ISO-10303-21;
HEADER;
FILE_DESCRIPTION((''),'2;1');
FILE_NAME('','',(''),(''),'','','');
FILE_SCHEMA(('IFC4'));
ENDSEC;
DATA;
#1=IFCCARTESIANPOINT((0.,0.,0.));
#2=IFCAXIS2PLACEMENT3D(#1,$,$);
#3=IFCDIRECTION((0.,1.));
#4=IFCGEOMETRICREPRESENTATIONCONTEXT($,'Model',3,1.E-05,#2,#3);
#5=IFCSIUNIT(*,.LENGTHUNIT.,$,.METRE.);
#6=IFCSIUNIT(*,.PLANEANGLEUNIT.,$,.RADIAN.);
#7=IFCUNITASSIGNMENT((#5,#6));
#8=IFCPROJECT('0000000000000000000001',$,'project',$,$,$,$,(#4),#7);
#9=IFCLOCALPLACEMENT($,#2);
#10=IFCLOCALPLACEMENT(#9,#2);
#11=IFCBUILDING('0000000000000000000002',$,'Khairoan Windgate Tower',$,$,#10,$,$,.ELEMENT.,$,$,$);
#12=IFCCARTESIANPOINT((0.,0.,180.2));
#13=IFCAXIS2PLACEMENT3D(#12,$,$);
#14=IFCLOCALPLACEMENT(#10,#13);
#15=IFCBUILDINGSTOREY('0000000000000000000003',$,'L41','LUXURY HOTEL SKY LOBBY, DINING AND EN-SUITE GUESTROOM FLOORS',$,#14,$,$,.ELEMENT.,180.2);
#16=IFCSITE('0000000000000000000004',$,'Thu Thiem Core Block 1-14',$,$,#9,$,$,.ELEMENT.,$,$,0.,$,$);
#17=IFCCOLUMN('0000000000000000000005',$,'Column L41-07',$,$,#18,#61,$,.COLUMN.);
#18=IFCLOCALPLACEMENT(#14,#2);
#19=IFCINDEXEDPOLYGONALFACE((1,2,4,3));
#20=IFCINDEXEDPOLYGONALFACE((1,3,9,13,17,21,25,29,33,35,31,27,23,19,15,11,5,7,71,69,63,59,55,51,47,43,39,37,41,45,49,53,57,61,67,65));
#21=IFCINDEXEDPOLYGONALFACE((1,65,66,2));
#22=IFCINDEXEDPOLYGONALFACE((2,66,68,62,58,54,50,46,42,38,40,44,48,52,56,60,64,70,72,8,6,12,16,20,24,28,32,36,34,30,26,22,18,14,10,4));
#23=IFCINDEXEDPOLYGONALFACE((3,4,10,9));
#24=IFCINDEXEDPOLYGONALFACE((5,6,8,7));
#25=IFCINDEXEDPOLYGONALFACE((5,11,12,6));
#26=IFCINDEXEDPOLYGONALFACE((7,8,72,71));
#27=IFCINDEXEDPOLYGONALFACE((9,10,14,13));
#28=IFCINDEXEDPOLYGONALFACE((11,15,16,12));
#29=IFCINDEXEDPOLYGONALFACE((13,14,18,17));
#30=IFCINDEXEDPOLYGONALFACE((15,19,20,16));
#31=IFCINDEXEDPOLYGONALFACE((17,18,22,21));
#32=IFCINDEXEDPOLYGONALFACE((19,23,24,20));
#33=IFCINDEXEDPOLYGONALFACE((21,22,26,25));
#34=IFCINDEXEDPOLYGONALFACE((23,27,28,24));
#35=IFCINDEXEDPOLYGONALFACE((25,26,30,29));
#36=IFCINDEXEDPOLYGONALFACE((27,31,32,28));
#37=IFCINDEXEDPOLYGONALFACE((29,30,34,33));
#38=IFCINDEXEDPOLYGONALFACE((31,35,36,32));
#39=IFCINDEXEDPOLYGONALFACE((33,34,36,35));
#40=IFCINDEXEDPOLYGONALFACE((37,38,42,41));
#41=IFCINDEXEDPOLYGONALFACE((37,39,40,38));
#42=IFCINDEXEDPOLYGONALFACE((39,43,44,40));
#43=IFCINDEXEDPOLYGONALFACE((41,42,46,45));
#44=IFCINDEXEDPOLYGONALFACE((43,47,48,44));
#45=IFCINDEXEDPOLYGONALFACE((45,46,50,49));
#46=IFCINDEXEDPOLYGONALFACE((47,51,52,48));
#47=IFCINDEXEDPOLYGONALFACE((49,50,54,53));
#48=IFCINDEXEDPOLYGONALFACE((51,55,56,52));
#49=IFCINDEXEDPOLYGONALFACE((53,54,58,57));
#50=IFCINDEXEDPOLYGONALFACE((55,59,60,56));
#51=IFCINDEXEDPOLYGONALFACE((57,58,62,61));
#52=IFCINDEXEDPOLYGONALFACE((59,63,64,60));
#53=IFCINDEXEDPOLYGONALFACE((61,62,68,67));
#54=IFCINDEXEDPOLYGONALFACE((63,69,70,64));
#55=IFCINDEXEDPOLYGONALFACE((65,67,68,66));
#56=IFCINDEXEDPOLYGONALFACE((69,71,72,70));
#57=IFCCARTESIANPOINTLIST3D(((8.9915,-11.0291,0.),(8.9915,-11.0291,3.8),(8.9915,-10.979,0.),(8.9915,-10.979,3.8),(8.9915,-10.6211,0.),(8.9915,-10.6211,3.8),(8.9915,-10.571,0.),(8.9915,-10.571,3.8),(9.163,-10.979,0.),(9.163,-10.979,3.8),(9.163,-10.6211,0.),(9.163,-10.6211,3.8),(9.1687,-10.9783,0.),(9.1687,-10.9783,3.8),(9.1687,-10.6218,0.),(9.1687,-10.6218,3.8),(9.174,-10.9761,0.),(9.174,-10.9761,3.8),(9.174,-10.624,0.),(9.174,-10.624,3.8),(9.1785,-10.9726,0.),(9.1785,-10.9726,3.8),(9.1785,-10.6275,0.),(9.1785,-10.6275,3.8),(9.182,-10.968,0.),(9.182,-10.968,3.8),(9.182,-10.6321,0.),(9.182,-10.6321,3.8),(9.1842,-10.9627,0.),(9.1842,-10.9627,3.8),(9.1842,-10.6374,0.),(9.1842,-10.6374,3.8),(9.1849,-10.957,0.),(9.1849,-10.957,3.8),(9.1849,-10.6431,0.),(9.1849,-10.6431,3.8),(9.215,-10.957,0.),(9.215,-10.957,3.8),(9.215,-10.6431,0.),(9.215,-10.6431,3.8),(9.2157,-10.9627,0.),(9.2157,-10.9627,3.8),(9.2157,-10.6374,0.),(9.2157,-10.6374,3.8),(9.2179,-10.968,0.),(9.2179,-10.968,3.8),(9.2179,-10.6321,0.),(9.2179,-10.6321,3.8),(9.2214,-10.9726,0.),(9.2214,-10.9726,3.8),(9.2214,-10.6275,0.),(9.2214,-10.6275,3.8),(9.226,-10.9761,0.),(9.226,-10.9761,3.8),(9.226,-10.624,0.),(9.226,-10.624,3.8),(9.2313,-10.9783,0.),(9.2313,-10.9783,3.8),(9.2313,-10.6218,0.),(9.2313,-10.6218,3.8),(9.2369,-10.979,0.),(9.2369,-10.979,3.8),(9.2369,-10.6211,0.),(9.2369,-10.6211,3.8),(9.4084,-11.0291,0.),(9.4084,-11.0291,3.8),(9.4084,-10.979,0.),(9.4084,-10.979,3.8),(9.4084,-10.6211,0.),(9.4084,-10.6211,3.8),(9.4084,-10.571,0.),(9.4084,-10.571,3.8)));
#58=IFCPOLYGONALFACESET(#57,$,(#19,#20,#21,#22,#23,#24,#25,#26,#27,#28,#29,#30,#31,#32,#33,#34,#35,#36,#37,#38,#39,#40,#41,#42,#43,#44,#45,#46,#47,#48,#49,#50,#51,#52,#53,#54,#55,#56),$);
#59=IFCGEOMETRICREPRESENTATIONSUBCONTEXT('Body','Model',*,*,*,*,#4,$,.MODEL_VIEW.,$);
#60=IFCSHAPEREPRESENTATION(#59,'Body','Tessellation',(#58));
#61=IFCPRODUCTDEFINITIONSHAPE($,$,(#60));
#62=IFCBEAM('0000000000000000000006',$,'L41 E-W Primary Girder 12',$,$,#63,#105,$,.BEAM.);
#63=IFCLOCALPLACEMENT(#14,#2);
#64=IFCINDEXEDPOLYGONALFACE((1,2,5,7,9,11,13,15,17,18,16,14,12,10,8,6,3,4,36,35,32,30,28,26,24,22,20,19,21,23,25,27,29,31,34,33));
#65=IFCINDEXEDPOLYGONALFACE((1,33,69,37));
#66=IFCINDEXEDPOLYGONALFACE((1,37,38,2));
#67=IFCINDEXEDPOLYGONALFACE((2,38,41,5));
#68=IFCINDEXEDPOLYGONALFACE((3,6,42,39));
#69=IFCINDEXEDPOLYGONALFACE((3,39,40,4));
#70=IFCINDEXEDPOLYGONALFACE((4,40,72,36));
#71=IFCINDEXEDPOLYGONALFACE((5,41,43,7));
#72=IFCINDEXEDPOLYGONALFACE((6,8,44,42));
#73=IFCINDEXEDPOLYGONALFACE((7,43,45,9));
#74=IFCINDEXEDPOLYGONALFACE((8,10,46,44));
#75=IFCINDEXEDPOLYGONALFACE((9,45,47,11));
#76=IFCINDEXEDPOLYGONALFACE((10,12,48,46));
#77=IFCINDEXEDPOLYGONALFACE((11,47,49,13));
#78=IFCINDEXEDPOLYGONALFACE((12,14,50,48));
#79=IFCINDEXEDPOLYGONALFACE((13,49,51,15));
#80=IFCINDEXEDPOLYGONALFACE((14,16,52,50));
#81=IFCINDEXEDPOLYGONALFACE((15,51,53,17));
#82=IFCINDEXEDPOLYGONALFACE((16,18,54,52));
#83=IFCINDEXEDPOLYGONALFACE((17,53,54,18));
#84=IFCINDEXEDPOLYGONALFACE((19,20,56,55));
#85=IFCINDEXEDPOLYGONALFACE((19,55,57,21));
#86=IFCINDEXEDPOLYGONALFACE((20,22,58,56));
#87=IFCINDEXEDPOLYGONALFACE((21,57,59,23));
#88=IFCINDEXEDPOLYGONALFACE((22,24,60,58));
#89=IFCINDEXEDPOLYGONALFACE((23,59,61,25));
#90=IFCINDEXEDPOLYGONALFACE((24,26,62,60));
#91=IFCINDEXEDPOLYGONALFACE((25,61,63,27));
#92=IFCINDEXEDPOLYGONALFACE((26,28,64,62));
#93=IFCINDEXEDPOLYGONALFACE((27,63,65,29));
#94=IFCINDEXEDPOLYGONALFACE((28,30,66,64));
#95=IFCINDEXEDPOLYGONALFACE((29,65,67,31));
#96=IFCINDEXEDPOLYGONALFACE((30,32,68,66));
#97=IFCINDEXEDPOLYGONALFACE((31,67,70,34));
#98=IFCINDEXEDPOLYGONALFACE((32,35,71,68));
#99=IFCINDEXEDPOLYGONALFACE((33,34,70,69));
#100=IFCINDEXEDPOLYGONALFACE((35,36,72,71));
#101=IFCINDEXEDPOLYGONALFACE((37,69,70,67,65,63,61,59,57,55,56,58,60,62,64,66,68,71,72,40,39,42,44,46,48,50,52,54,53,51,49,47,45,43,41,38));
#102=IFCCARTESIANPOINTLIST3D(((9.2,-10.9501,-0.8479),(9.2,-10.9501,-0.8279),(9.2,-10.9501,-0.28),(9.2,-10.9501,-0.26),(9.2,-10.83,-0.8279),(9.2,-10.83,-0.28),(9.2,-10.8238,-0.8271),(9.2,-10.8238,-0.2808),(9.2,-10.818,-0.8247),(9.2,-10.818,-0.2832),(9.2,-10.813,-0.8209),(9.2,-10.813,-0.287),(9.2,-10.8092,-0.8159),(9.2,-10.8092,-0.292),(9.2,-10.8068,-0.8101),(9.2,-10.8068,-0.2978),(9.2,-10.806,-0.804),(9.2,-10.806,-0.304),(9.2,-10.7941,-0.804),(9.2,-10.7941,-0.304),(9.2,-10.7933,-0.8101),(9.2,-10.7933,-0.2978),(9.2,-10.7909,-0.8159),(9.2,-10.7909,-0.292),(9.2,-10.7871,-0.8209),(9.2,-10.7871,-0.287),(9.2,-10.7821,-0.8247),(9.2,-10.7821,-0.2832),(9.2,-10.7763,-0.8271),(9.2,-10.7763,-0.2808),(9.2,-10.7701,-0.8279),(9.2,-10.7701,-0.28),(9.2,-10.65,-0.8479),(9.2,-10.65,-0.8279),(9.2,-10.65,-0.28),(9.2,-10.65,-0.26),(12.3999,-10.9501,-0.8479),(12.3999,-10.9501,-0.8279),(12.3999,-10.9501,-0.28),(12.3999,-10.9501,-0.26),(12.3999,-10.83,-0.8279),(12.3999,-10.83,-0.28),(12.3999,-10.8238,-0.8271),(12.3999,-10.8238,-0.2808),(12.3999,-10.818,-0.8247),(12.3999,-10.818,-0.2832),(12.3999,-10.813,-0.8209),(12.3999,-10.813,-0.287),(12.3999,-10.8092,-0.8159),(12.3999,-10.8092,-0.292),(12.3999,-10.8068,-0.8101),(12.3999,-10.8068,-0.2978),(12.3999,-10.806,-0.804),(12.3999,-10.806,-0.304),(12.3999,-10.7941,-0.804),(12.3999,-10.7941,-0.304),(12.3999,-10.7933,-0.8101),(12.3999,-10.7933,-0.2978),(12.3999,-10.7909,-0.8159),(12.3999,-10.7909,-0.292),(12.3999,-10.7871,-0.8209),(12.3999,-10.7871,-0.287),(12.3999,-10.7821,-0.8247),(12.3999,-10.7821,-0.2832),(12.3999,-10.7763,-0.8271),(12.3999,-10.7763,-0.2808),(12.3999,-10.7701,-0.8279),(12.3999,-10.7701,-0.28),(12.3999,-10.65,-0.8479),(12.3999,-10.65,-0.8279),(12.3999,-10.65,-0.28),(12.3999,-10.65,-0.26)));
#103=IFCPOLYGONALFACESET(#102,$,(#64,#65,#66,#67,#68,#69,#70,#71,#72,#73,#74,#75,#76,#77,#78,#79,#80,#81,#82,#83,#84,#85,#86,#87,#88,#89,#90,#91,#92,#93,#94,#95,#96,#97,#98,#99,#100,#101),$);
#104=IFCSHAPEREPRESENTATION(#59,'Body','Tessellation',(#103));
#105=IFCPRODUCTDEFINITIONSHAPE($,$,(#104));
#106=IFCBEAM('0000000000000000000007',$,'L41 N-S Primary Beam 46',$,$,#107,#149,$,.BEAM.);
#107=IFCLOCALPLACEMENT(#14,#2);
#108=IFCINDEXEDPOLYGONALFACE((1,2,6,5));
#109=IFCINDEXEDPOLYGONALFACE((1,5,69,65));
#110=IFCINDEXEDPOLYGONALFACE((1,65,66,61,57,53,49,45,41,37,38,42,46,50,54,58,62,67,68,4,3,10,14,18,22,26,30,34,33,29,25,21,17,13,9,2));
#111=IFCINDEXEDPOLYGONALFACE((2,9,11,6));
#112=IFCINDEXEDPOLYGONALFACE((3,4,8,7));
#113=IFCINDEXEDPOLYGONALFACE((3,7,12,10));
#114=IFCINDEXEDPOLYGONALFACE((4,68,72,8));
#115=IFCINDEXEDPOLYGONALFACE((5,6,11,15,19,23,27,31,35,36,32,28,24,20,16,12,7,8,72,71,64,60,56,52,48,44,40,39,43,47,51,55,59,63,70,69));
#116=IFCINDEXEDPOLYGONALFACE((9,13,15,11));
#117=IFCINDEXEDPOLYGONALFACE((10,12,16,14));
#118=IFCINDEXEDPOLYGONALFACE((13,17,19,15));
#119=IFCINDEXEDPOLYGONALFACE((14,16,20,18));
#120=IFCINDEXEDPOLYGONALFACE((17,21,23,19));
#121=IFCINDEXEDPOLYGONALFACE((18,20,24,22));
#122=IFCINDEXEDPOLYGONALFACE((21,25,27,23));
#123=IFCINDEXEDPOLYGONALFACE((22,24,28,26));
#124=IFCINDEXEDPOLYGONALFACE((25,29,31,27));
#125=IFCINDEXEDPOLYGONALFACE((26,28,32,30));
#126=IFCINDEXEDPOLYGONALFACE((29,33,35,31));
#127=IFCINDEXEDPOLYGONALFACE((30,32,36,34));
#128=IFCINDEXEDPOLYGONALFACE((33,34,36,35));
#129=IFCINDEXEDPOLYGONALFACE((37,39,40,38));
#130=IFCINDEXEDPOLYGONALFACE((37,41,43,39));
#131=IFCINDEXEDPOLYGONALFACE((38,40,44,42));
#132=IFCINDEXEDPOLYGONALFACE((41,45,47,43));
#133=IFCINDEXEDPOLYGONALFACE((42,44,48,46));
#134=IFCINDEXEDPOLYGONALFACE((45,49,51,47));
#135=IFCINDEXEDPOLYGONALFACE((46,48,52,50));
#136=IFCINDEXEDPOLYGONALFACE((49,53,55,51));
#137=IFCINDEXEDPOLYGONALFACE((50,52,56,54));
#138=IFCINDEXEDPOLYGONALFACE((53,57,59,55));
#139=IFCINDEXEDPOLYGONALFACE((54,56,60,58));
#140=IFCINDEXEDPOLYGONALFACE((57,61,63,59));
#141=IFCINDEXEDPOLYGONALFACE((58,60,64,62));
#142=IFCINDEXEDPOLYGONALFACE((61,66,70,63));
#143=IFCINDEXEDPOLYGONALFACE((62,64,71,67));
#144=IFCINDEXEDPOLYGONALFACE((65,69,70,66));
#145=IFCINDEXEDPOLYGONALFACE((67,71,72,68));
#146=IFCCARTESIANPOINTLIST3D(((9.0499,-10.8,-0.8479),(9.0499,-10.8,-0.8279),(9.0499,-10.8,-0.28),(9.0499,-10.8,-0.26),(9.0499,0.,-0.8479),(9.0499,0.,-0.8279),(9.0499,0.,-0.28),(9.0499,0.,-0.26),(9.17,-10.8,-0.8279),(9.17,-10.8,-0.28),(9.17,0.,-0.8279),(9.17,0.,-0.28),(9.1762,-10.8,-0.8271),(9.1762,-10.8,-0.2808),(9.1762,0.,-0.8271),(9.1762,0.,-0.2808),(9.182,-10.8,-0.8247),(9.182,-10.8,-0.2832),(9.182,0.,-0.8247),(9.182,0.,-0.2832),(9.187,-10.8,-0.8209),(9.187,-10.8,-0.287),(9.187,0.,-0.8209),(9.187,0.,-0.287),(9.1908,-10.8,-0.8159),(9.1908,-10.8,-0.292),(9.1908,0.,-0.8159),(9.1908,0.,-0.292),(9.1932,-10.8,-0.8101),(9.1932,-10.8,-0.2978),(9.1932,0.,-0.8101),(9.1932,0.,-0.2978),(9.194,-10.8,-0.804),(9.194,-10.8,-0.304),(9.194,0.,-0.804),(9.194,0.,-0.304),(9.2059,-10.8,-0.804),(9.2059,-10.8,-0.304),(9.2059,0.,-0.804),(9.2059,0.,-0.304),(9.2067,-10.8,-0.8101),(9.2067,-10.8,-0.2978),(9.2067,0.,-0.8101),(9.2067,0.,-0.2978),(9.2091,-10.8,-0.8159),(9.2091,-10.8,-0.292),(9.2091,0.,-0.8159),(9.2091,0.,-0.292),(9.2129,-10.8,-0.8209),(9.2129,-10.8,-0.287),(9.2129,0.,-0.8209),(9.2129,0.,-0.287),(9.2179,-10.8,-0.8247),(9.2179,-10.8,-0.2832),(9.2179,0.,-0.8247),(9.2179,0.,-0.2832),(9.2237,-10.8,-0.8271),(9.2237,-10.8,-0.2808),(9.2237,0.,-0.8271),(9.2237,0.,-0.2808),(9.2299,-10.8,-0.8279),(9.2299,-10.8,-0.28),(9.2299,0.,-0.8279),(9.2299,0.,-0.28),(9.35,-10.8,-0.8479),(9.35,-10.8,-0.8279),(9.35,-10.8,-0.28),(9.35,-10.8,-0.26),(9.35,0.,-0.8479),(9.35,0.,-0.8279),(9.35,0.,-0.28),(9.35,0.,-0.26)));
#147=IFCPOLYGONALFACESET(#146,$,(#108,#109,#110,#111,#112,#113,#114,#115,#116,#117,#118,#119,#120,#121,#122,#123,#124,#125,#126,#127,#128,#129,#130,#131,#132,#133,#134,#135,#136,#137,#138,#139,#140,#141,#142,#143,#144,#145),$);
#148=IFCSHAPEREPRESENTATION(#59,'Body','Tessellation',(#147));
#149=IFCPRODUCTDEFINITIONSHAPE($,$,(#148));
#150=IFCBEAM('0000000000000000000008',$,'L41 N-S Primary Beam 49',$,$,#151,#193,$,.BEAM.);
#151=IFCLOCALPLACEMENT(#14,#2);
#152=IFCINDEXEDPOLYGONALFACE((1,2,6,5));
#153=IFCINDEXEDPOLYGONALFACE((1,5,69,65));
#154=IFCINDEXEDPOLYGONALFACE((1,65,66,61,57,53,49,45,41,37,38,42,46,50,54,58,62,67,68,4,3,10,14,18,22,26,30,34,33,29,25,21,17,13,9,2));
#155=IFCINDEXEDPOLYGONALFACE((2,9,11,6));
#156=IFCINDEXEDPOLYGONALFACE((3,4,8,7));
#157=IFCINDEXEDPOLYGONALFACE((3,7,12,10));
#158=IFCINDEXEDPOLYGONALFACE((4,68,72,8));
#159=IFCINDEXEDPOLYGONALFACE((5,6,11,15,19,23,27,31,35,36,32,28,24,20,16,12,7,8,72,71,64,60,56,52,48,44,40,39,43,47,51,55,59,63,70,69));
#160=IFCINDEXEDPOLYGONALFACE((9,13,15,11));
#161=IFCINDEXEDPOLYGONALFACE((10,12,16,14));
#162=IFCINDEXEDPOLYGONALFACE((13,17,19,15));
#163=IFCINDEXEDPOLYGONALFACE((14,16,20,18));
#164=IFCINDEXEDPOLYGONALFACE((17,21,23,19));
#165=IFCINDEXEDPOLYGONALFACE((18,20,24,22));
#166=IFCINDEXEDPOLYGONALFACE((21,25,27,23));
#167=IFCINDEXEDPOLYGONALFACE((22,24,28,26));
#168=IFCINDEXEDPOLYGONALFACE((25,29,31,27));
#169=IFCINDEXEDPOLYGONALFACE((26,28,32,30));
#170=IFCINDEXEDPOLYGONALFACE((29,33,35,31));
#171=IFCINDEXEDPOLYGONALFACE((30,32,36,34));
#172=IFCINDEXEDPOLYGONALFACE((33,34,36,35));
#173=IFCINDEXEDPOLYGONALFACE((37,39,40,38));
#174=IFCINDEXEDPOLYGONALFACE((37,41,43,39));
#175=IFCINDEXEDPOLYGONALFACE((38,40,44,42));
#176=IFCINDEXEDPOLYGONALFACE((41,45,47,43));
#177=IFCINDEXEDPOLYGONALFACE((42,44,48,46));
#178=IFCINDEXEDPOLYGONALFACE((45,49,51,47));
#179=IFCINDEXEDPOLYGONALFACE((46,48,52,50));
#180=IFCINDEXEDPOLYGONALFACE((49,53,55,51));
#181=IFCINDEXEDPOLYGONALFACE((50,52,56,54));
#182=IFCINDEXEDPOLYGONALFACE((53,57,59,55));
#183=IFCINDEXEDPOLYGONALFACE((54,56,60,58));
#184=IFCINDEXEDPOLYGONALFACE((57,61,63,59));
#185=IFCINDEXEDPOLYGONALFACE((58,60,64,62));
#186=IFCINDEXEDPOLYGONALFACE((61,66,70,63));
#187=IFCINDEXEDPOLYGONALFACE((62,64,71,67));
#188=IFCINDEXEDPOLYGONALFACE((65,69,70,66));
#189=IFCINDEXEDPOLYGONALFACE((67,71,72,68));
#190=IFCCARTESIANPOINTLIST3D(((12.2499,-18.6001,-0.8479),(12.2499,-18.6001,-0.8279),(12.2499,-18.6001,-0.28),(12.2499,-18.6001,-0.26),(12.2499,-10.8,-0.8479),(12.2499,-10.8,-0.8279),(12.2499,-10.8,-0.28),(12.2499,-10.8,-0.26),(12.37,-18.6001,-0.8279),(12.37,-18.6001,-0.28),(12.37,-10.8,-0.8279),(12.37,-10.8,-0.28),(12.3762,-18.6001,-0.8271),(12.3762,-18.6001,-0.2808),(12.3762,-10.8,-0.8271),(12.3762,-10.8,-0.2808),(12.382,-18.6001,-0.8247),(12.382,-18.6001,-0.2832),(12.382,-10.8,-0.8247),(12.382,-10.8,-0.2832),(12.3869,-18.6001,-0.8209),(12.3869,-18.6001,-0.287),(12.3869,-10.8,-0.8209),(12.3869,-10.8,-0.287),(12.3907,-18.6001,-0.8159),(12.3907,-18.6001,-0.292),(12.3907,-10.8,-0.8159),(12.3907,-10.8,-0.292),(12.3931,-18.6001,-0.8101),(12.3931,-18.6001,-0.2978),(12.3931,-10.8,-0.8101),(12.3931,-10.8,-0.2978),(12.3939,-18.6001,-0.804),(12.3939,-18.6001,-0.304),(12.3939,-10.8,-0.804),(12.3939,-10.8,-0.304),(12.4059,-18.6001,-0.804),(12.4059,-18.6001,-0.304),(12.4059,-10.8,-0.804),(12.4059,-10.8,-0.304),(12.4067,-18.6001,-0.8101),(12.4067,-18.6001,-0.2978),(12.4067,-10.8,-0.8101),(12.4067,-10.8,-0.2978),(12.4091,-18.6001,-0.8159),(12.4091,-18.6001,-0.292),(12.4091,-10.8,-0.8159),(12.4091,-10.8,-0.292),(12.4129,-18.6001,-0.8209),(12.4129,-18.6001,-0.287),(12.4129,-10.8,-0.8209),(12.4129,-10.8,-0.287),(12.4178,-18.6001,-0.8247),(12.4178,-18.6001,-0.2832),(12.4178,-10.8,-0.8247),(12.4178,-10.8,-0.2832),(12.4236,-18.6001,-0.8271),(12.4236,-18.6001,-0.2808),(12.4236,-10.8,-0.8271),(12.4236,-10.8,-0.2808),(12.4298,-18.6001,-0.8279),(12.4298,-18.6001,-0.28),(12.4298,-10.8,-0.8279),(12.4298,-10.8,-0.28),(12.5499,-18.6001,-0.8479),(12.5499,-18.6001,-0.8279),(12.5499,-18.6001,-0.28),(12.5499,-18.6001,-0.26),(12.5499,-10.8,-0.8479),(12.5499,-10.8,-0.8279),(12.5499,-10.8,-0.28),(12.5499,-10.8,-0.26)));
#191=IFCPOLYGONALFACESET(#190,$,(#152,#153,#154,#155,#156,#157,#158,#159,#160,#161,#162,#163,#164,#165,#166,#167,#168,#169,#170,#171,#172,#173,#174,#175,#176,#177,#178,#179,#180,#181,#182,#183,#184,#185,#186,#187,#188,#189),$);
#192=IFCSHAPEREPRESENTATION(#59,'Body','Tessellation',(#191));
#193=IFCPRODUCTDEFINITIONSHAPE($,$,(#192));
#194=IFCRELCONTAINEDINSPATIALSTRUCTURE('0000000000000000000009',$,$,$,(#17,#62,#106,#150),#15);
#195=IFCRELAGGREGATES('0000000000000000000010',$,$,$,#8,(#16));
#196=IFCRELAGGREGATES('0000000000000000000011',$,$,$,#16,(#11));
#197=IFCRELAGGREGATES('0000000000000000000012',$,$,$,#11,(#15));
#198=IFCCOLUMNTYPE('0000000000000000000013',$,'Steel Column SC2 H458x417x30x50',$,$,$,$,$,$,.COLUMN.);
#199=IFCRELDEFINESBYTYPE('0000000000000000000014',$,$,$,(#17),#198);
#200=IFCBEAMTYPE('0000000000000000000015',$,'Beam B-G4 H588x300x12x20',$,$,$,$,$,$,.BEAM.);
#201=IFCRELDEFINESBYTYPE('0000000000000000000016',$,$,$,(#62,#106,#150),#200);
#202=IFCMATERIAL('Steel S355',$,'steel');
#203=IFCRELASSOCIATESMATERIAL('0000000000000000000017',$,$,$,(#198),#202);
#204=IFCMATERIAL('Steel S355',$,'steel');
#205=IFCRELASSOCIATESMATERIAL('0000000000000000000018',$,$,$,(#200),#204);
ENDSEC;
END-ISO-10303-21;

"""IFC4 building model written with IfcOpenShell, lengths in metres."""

from ifc_helpers import new_model, si_unit, direction, frame, origin, origin_2d, place, context, subcontext, project, spatial, i_section, extrude, material, material_profile, profile_set, type_object, element, save


model = new_model("IFC4")

# Units and contexts
model_context = context("Model", 3, precision=1e-05, world=origin(), true_north=direction((0.0, 1.0)))
body_context = subcontext(model_context, "Body", "Model", "MODEL_VIEW")
ifc_project = project(units=[si_unit("LENGTHUNIT", "METRE"), si_unit("PLANEANGLEUNIT", "RADIAN")], contexts=[model_context])

# Site, building, storey
site_placement = place(None, origin())
site = spatial("IfcSite", under=ifc_project, at=site_placement, Name="Thu Thiem Core Block 1-14", CompositionType="ELEMENT", RefElevation=0.0)
building_placement = place(site_placement, origin())
building = spatial("IfcBuilding", under=site, at=building_placement, Name="Khairoan Windgate Tower", CompositionType="ELEMENT")
storey_placement = place(building_placement, frame((0.0, 0.0, 180.2)))
storey = spatial("IfcBuildingStorey", under=building, at=storey_placement, Name="L41", Description="LUXURY HOTEL SKY LOBBY, DINING AND EN-SUITE GUESTROOM FLOORS", CompositionType="ELEMENT", Elevation=180.2)

# Column
ifc_material_1 = material(Name="Steel S355", Category="steel")
ifc_material_profile_1 = material_profile(ifc_material_1, i_section(OverallWidth=0.417, OverallDepth=0.458, WebThickness=0.03, FlangeThickness=0.05, FilletRadius=0.022, at=origin_2d()))
ifc_profile_set_1 = profile_set([ifc_material_profile_1], Name="Steel S355")
column_type = type_object("IfcColumnType", Name="Steel Column SC2 H458x417x30x50", PredefinedType="COLUMN", material=ifc_profile_set_1)
column_placement = place(storey_placement, frame((9.2, -10.8, 0.0), z_axis=(0.0, 0.0, 1.0), x_axis=(1.0, 0.0, 0.0)))
element("IfcColumn", 1, at=column_placement, inside=storey, type_object=column_type, Name="Column L41-07", PredefinedType="COLUMN", context=body_context, shape_type="SweptSolid", body=[
    extrude(i_section(OverallWidth=0.417, OverallDepth=0.458, WebThickness=0.03, FlangeThickness=0.05, FilletRadius=0.022, at=origin_2d()), origin(), (0.0, 0.0, 1.0), 3.8),
])

# Beams
ifc_material_2 = material(Name="Steel S355", Category="steel")
ifc_material_profile_2 = material_profile(ifc_material_2, i_section(OverallWidth=0.3, OverallDepth=0.5879, WebThickness=0.012, FlangeThickness=0.02, FilletRadius=0.0239, at=origin_2d()))
ifc_profile_set_2 = profile_set([ifc_material_profile_2], Name="Steel S355")
beam_type_1 = type_object("IfcBeamType", Name="Beam B-G4 H588x300x12x20", PredefinedType="BEAM", material=ifc_profile_set_2)
beam_1_placement = place(storey_placement, frame((9.2, -10.8, -0.554), z_axis=(1.0, 0.0, 0.0), x_axis=(0.0, 1.0, 0.0)))
element("IfcBeam", 2, at=beam_1_placement, inside=storey, type_object=beam_type_1, Name="L41 E-W Primary Girder 12", PredefinedType="BEAM", context=body_context, shape_type="SweptSolid", body=[
    extrude(i_section(OverallWidth=0.3, OverallDepth=0.5879, WebThickness=0.012, FlangeThickness=0.02, FilletRadius=0.0239, at=origin_2d()), origin(), (0.0, 0.0, 1.0), 3.2),
])
beam_2_placement = place(storey_placement, frame((9.2, -10.8, -0.554), z_axis=(0.0, 1.0, 0.0), x_axis=(-1.0, 0.0, 0.0)))
element("IfcBeam", 3, at=beam_2_placement, inside=storey, type_object=beam_type_1, Name="L41 N-S Primary Beam 46", PredefinedType="BEAM", context=body_context, shape_type="SweptSolid", body=[
    extrude(i_section(OverallWidth=0.3, OverallDepth=0.5879, WebThickness=0.012, FlangeThickness=0.02, FilletRadius=0.0239, at=origin_2d()), origin(), (0.0, 0.0, 1.0), 10.8),
])
beam_3_placement = place(storey_placement, frame((12.3999, -18.6001, -0.554), z_axis=(0.0, 1.0, 0.0), x_axis=(-1.0, 0.0, 0.0)))
element("IfcBeam", 4, at=beam_3_placement, inside=storey, type_object=beam_type_1, Name="L41 N-S Primary Beam 49", PredefinedType="BEAM", context=body_context, shape_type="SweptSolid", body=[
    extrude(i_section(OverallWidth=0.3, OverallDepth=0.5879, WebThickness=0.012, FlangeThickness=0.02, FilletRadius=0.0239, at=origin_2d()), origin(), (0.0, 0.0, 1.0), 7.8),
])

save(model, "model.ifc")
